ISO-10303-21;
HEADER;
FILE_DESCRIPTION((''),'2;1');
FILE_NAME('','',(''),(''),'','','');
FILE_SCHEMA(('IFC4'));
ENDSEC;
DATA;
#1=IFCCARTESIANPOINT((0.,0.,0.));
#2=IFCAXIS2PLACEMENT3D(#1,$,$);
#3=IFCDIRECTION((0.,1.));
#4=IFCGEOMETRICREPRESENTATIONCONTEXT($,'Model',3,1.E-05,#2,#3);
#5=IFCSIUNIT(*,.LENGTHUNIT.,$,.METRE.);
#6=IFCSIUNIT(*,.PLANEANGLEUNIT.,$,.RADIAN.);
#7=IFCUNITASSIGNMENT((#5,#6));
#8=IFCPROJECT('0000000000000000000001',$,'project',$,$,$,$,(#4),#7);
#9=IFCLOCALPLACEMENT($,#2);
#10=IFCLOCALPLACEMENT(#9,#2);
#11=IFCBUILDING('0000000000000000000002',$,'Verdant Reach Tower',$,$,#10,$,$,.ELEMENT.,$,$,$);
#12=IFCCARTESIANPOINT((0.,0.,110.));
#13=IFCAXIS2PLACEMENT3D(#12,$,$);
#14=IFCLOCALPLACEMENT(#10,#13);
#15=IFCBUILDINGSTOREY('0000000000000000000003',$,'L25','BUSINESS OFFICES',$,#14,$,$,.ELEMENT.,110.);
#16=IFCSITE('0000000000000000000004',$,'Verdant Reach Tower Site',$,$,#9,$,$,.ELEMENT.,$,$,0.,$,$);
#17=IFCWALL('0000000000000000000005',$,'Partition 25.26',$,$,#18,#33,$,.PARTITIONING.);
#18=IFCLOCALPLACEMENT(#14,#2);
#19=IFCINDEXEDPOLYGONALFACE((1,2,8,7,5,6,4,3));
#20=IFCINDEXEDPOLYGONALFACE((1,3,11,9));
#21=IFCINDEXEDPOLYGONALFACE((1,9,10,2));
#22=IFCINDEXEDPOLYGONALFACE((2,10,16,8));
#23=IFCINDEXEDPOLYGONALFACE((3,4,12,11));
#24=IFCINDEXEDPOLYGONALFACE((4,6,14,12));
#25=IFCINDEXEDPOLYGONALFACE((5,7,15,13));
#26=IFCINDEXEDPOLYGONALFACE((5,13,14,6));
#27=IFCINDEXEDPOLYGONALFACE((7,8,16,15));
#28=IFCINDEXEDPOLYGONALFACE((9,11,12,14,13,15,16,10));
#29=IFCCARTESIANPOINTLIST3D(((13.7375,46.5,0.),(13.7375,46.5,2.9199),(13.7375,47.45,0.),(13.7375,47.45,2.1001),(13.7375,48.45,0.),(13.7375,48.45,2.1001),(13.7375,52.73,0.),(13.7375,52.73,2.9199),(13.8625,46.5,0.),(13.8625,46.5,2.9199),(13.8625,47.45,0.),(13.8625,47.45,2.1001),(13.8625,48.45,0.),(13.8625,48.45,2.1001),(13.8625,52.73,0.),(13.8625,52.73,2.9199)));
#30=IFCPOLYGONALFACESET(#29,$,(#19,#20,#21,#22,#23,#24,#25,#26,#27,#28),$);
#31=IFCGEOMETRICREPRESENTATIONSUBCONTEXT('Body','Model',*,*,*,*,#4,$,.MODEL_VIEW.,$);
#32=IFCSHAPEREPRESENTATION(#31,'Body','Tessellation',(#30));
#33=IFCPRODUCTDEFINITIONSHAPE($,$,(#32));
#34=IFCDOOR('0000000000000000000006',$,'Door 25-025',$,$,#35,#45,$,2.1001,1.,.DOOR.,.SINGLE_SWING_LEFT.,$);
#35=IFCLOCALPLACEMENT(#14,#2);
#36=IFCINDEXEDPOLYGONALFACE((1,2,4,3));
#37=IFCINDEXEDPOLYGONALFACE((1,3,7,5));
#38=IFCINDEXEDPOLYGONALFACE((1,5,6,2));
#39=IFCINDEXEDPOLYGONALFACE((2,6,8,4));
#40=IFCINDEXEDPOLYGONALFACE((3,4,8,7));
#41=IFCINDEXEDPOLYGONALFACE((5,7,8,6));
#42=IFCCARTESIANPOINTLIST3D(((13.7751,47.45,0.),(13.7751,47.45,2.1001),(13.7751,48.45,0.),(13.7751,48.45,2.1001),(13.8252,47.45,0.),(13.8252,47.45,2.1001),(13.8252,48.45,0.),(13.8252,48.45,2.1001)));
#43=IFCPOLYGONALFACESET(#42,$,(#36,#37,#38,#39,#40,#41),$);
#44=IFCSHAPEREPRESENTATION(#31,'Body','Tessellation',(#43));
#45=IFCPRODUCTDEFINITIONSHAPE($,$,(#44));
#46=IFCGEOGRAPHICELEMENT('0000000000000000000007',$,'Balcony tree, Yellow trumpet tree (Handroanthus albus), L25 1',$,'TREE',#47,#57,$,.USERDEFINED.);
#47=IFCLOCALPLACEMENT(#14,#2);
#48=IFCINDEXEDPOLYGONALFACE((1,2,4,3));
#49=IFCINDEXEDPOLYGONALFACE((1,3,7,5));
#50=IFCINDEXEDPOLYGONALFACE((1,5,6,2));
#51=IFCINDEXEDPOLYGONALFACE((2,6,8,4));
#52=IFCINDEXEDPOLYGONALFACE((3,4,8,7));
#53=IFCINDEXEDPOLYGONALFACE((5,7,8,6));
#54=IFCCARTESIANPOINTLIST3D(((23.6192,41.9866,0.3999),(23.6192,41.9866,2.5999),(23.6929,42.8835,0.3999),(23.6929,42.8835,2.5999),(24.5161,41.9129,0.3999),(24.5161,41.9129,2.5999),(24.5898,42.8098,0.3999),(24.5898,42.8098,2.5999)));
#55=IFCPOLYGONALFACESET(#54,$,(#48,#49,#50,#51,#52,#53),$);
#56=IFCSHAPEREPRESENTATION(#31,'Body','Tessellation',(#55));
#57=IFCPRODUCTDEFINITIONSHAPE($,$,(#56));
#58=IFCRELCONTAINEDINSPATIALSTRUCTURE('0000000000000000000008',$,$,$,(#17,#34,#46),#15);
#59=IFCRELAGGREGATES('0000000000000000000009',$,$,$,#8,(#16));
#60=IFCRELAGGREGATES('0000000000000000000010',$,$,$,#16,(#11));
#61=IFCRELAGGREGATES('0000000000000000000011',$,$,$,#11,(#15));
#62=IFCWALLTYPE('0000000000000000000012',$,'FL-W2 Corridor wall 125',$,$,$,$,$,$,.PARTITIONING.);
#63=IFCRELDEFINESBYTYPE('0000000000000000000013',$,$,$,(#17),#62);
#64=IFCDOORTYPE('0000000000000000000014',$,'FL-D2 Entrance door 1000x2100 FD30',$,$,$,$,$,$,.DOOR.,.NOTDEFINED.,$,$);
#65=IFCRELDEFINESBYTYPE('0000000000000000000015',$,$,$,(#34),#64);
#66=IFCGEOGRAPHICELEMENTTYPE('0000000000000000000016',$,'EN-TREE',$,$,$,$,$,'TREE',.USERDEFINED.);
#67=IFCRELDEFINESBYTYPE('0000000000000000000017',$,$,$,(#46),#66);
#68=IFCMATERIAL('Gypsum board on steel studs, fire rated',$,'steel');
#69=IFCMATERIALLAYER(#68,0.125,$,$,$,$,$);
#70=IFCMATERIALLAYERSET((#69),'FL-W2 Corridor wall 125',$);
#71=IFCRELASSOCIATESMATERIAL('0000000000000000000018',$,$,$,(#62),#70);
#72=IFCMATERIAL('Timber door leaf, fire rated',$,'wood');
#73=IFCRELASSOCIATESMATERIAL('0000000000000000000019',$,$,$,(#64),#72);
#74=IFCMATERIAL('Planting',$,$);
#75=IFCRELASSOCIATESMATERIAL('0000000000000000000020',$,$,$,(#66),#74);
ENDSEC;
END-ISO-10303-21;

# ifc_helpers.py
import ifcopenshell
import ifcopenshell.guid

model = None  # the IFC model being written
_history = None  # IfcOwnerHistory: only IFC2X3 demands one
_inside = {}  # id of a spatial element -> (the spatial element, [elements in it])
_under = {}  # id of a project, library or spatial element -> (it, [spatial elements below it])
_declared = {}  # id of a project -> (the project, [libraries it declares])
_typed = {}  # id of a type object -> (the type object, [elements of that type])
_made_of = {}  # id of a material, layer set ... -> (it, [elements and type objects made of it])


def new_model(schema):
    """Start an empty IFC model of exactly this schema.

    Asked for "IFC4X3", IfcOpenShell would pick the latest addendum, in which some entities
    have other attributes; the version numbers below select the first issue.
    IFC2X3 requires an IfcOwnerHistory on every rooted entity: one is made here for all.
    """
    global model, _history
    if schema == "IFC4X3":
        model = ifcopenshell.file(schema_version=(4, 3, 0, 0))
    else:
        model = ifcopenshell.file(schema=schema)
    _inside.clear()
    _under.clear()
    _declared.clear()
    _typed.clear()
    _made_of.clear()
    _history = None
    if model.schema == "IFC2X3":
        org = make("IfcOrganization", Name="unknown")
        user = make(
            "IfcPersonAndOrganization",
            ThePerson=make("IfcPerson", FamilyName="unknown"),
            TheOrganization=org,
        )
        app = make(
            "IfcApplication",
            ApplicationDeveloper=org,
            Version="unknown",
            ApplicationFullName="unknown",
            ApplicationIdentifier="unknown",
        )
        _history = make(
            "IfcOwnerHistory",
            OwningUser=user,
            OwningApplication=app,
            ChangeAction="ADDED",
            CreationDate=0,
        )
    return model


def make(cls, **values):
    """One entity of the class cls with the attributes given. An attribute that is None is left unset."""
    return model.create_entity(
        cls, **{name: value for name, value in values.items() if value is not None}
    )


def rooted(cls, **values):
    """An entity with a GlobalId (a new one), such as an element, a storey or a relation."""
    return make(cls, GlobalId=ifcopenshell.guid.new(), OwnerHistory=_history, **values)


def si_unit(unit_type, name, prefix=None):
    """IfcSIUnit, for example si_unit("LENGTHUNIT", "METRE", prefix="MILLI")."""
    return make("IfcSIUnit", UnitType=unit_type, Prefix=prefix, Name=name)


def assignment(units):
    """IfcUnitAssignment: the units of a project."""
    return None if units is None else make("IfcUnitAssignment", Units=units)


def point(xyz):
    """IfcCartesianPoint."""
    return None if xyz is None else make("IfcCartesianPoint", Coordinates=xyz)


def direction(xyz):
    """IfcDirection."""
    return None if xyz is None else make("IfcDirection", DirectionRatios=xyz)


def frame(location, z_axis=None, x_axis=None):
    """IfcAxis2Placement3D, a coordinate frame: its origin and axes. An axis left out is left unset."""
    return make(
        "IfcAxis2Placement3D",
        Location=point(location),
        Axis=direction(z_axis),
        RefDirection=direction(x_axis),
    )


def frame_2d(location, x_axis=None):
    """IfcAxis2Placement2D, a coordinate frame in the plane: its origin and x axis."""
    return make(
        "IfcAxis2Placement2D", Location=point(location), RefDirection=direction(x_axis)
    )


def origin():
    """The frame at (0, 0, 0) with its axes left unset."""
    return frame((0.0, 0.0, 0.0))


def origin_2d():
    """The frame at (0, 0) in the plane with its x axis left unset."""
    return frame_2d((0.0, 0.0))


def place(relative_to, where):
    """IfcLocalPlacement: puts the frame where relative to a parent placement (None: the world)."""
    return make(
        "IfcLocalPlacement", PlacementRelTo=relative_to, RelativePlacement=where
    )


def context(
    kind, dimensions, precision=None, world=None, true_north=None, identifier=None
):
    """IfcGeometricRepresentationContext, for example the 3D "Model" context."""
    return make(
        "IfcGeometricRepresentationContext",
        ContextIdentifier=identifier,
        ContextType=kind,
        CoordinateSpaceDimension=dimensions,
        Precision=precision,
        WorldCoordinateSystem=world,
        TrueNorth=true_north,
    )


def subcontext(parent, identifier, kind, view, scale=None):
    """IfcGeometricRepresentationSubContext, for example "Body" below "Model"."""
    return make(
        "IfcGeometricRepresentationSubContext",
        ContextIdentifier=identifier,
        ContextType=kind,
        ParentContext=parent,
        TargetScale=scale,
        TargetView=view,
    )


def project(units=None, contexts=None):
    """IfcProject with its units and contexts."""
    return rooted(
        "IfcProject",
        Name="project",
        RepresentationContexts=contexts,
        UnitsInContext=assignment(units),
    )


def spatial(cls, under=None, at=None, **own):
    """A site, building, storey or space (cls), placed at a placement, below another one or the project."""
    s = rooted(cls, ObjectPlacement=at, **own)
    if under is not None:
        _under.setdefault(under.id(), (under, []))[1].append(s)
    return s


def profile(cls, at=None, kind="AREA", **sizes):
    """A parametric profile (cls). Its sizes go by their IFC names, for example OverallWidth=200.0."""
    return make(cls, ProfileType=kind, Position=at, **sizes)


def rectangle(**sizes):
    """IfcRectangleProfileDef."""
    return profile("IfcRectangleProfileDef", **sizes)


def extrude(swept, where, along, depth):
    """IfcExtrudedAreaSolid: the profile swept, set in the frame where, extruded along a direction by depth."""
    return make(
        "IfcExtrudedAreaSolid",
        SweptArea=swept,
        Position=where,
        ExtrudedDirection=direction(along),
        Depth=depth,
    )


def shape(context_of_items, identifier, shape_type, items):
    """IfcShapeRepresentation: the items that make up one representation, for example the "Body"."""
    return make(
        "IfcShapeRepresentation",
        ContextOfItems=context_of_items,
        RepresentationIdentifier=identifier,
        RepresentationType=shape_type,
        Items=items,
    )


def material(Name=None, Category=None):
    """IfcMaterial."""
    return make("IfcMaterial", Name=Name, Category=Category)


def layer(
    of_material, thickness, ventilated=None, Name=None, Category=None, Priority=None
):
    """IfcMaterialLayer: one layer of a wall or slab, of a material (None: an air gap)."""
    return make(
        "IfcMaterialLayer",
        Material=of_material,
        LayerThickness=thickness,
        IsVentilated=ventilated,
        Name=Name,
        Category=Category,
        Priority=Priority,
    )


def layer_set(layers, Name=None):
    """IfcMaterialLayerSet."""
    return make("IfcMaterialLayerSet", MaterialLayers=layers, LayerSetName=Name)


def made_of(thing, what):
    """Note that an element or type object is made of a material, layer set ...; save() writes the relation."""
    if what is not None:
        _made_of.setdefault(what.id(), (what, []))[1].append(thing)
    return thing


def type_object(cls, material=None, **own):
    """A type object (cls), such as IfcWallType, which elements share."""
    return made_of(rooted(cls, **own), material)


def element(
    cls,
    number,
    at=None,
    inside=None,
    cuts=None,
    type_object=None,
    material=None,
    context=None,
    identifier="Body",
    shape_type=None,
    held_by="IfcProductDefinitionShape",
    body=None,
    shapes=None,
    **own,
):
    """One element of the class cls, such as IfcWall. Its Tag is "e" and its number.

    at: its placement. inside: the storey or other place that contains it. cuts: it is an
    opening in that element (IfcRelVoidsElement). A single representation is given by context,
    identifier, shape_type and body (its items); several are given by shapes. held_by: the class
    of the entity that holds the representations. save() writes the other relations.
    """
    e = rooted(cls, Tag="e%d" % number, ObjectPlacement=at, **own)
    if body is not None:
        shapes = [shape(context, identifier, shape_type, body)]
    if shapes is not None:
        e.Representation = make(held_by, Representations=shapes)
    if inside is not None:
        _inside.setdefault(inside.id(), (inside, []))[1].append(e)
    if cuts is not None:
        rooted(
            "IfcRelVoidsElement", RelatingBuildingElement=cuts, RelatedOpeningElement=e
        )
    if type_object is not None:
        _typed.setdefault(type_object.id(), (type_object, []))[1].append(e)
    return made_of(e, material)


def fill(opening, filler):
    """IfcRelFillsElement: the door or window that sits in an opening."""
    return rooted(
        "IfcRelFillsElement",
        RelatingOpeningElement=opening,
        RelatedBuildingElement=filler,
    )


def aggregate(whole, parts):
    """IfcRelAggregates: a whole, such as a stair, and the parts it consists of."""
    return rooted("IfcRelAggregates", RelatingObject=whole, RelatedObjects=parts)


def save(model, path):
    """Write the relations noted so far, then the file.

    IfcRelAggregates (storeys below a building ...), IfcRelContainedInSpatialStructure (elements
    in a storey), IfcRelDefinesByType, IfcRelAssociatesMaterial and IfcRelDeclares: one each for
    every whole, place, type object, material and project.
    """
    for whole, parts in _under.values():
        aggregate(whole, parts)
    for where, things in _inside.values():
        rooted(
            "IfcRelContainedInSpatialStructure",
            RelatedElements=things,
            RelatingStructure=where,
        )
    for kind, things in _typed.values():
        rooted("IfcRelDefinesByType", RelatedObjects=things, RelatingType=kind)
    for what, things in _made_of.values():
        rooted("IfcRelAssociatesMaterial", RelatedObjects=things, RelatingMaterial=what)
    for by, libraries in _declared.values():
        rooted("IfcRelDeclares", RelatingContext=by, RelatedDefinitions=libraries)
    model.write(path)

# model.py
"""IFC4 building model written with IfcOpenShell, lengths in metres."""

from ifc_helpers import new_model, si_unit, direction, frame, frame_2d, origin, origin_2d, place, context, subcontext, project, spatial, rectangle, extrude, material, layer, layer_set, type_object, element, fill, save


model = new_model("IFC4")

# Units and contexts
model_context = context("Model", 3, precision=1e-05, world=origin(), true_north=direction((0.0, 1.0)))
body_context = subcontext(model_context, "Body", "Model", "MODEL_VIEW")
ifc_project = project(units=[si_unit("LENGTHUNIT", "METRE"), si_unit("PLANEANGLEUNIT", "RADIAN")], contexts=[model_context])

# Site, building, storey
site_placement = place(None, origin())
site = spatial("IfcSite", under=ifc_project, at=site_placement, Name="Verdant Reach Tower Site", CompositionType="ELEMENT", RefElevation=0.0)
building_placement = place(site_placement, origin())
building = spatial("IfcBuilding", under=site, at=building_placement, Name="Verdant Reach Tower", CompositionType="ELEMENT")
storey_placement = place(building_placement, frame((0.0, 0.0, 110.0)))
storey = spatial("IfcBuildingStorey", under=building, at=storey_placement, Name="L25", Description="BUSINESS OFFICES", CompositionType="ELEMENT", Elevation=110.0)

# Wall, opening, door
ifc_material_1 = material(Name="Gypsum board on steel studs, fire rated", Category="steel")
ifc_layer_1 = layer(ifc_material_1, 0.125)
ifc_layer_set_1 = layer_set([ifc_layer_1], Name="FL-W2 Corridor wall 125")
wall_type_1 = type_object("IfcWallType", Name="FL-W2 Corridor wall 125", PredefinedType="PARTITIONING", material=ifc_layer_set_1)
ifc_material_2 = material(Name="Timber door leaf, fire rated", Category="wood")
door_type = type_object("IfcDoorType", Name="FL-D2 Entrance door 1000x2100 FD30", OperationType="NOTDEFINED", PredefinedType="DOOR", material=ifc_material_2)
wall_1_placement = place(storey_placement, frame((13.8, 46.5, 0.0), z_axis=(0.0, 0.0, 1.0), x_axis=(0.0, 1.0, 0.0)))
wall_1 = element("IfcWall", 1, at=wall_1_placement, inside=storey, type_object=wall_type_1, Name="Partition 25.26", PredefinedType="PARTITIONING", context=body_context, shape_type="SweptSolid", body=[
    extrude(rectangle(XDim=6.23, YDim=0.125, at=frame_2d((3.115, 0.0))), origin(), (0.0, 0.0, 1.0), 2.9199),
])
opening_1_placement = place(wall_1_placement, frame((0.95, 0.0, 0.0)))
opening_1 = element("IfcOpeningElement", 2, at=opening_1_placement, cuts=wall_1, PredefinedType="OPENING", context=body_context, shape_type="SweptSolid", body=[
    extrude(rectangle(XDim=1.0, YDim=2.1001, at=frame_2d((0.5, 1.05))), frame((0.0, 0.0725, 0.0), z_axis=(0.0, -1.0, 0.0), x_axis=(1.0, 0.0, 0.0)), (0.0, 0.0, 1.0), 0.145),
])
door_1_placement = place(opening_1_placement, origin())
door_1 = element("IfcDoor", 3, at=door_1_placement, inside=storey, type_object=door_type, Name="Door 25-025", OperationType="SINGLE_SWING_LEFT", OverallHeight=2.1001, OverallWidth=1.0, PredefinedType="DOOR", context=body_context, shape_type="SweptSolid", body=[
    extrude(rectangle(XDim=1.0, YDim=2.1001, at=frame_2d((0.5, 1.05))), frame((0.0, 0.0249, 0.0), z_axis=(0.0, -1.0, 0.0), x_axis=(1.0, 0.0, 0.0)), (0.0, 0.0, 1.0), 0.05),
])
fill(opening_1, door_1)

# Geographic element
ifc_material_3 = material(Name="Planting")
geographic_element_type = type_object("IfcGeographicElementType", Name="EN-TREE", ElementType="TREE", PredefinedType="USERDEFINED", material=ifc_material_3)
geographic_element_placement = place(storey_placement, frame((24.1045, 42.3982, 0.3999), z_axis=(0.0, 0.0, 1.0), x_axis=(0.081916, 0.996639, 0.0)))
element("IfcGeographicElement", 4, at=geographic_element_placement, inside=storey, type_object=geographic_element_type, Name="Balcony tree, Yellow trumpet tree (Handroanthus albus), L25 1", ObjectType="TREE", PredefinedType="USERDEFINED", context=body_context, shape_type="SweptSolid", body=[
    extrude(rectangle(XDim=0.8999, YDim=0.8999, at=origin_2d()), origin(), (0.0, 0.0, 1.0), 2.2),
])

save(model, "model.ifc")
